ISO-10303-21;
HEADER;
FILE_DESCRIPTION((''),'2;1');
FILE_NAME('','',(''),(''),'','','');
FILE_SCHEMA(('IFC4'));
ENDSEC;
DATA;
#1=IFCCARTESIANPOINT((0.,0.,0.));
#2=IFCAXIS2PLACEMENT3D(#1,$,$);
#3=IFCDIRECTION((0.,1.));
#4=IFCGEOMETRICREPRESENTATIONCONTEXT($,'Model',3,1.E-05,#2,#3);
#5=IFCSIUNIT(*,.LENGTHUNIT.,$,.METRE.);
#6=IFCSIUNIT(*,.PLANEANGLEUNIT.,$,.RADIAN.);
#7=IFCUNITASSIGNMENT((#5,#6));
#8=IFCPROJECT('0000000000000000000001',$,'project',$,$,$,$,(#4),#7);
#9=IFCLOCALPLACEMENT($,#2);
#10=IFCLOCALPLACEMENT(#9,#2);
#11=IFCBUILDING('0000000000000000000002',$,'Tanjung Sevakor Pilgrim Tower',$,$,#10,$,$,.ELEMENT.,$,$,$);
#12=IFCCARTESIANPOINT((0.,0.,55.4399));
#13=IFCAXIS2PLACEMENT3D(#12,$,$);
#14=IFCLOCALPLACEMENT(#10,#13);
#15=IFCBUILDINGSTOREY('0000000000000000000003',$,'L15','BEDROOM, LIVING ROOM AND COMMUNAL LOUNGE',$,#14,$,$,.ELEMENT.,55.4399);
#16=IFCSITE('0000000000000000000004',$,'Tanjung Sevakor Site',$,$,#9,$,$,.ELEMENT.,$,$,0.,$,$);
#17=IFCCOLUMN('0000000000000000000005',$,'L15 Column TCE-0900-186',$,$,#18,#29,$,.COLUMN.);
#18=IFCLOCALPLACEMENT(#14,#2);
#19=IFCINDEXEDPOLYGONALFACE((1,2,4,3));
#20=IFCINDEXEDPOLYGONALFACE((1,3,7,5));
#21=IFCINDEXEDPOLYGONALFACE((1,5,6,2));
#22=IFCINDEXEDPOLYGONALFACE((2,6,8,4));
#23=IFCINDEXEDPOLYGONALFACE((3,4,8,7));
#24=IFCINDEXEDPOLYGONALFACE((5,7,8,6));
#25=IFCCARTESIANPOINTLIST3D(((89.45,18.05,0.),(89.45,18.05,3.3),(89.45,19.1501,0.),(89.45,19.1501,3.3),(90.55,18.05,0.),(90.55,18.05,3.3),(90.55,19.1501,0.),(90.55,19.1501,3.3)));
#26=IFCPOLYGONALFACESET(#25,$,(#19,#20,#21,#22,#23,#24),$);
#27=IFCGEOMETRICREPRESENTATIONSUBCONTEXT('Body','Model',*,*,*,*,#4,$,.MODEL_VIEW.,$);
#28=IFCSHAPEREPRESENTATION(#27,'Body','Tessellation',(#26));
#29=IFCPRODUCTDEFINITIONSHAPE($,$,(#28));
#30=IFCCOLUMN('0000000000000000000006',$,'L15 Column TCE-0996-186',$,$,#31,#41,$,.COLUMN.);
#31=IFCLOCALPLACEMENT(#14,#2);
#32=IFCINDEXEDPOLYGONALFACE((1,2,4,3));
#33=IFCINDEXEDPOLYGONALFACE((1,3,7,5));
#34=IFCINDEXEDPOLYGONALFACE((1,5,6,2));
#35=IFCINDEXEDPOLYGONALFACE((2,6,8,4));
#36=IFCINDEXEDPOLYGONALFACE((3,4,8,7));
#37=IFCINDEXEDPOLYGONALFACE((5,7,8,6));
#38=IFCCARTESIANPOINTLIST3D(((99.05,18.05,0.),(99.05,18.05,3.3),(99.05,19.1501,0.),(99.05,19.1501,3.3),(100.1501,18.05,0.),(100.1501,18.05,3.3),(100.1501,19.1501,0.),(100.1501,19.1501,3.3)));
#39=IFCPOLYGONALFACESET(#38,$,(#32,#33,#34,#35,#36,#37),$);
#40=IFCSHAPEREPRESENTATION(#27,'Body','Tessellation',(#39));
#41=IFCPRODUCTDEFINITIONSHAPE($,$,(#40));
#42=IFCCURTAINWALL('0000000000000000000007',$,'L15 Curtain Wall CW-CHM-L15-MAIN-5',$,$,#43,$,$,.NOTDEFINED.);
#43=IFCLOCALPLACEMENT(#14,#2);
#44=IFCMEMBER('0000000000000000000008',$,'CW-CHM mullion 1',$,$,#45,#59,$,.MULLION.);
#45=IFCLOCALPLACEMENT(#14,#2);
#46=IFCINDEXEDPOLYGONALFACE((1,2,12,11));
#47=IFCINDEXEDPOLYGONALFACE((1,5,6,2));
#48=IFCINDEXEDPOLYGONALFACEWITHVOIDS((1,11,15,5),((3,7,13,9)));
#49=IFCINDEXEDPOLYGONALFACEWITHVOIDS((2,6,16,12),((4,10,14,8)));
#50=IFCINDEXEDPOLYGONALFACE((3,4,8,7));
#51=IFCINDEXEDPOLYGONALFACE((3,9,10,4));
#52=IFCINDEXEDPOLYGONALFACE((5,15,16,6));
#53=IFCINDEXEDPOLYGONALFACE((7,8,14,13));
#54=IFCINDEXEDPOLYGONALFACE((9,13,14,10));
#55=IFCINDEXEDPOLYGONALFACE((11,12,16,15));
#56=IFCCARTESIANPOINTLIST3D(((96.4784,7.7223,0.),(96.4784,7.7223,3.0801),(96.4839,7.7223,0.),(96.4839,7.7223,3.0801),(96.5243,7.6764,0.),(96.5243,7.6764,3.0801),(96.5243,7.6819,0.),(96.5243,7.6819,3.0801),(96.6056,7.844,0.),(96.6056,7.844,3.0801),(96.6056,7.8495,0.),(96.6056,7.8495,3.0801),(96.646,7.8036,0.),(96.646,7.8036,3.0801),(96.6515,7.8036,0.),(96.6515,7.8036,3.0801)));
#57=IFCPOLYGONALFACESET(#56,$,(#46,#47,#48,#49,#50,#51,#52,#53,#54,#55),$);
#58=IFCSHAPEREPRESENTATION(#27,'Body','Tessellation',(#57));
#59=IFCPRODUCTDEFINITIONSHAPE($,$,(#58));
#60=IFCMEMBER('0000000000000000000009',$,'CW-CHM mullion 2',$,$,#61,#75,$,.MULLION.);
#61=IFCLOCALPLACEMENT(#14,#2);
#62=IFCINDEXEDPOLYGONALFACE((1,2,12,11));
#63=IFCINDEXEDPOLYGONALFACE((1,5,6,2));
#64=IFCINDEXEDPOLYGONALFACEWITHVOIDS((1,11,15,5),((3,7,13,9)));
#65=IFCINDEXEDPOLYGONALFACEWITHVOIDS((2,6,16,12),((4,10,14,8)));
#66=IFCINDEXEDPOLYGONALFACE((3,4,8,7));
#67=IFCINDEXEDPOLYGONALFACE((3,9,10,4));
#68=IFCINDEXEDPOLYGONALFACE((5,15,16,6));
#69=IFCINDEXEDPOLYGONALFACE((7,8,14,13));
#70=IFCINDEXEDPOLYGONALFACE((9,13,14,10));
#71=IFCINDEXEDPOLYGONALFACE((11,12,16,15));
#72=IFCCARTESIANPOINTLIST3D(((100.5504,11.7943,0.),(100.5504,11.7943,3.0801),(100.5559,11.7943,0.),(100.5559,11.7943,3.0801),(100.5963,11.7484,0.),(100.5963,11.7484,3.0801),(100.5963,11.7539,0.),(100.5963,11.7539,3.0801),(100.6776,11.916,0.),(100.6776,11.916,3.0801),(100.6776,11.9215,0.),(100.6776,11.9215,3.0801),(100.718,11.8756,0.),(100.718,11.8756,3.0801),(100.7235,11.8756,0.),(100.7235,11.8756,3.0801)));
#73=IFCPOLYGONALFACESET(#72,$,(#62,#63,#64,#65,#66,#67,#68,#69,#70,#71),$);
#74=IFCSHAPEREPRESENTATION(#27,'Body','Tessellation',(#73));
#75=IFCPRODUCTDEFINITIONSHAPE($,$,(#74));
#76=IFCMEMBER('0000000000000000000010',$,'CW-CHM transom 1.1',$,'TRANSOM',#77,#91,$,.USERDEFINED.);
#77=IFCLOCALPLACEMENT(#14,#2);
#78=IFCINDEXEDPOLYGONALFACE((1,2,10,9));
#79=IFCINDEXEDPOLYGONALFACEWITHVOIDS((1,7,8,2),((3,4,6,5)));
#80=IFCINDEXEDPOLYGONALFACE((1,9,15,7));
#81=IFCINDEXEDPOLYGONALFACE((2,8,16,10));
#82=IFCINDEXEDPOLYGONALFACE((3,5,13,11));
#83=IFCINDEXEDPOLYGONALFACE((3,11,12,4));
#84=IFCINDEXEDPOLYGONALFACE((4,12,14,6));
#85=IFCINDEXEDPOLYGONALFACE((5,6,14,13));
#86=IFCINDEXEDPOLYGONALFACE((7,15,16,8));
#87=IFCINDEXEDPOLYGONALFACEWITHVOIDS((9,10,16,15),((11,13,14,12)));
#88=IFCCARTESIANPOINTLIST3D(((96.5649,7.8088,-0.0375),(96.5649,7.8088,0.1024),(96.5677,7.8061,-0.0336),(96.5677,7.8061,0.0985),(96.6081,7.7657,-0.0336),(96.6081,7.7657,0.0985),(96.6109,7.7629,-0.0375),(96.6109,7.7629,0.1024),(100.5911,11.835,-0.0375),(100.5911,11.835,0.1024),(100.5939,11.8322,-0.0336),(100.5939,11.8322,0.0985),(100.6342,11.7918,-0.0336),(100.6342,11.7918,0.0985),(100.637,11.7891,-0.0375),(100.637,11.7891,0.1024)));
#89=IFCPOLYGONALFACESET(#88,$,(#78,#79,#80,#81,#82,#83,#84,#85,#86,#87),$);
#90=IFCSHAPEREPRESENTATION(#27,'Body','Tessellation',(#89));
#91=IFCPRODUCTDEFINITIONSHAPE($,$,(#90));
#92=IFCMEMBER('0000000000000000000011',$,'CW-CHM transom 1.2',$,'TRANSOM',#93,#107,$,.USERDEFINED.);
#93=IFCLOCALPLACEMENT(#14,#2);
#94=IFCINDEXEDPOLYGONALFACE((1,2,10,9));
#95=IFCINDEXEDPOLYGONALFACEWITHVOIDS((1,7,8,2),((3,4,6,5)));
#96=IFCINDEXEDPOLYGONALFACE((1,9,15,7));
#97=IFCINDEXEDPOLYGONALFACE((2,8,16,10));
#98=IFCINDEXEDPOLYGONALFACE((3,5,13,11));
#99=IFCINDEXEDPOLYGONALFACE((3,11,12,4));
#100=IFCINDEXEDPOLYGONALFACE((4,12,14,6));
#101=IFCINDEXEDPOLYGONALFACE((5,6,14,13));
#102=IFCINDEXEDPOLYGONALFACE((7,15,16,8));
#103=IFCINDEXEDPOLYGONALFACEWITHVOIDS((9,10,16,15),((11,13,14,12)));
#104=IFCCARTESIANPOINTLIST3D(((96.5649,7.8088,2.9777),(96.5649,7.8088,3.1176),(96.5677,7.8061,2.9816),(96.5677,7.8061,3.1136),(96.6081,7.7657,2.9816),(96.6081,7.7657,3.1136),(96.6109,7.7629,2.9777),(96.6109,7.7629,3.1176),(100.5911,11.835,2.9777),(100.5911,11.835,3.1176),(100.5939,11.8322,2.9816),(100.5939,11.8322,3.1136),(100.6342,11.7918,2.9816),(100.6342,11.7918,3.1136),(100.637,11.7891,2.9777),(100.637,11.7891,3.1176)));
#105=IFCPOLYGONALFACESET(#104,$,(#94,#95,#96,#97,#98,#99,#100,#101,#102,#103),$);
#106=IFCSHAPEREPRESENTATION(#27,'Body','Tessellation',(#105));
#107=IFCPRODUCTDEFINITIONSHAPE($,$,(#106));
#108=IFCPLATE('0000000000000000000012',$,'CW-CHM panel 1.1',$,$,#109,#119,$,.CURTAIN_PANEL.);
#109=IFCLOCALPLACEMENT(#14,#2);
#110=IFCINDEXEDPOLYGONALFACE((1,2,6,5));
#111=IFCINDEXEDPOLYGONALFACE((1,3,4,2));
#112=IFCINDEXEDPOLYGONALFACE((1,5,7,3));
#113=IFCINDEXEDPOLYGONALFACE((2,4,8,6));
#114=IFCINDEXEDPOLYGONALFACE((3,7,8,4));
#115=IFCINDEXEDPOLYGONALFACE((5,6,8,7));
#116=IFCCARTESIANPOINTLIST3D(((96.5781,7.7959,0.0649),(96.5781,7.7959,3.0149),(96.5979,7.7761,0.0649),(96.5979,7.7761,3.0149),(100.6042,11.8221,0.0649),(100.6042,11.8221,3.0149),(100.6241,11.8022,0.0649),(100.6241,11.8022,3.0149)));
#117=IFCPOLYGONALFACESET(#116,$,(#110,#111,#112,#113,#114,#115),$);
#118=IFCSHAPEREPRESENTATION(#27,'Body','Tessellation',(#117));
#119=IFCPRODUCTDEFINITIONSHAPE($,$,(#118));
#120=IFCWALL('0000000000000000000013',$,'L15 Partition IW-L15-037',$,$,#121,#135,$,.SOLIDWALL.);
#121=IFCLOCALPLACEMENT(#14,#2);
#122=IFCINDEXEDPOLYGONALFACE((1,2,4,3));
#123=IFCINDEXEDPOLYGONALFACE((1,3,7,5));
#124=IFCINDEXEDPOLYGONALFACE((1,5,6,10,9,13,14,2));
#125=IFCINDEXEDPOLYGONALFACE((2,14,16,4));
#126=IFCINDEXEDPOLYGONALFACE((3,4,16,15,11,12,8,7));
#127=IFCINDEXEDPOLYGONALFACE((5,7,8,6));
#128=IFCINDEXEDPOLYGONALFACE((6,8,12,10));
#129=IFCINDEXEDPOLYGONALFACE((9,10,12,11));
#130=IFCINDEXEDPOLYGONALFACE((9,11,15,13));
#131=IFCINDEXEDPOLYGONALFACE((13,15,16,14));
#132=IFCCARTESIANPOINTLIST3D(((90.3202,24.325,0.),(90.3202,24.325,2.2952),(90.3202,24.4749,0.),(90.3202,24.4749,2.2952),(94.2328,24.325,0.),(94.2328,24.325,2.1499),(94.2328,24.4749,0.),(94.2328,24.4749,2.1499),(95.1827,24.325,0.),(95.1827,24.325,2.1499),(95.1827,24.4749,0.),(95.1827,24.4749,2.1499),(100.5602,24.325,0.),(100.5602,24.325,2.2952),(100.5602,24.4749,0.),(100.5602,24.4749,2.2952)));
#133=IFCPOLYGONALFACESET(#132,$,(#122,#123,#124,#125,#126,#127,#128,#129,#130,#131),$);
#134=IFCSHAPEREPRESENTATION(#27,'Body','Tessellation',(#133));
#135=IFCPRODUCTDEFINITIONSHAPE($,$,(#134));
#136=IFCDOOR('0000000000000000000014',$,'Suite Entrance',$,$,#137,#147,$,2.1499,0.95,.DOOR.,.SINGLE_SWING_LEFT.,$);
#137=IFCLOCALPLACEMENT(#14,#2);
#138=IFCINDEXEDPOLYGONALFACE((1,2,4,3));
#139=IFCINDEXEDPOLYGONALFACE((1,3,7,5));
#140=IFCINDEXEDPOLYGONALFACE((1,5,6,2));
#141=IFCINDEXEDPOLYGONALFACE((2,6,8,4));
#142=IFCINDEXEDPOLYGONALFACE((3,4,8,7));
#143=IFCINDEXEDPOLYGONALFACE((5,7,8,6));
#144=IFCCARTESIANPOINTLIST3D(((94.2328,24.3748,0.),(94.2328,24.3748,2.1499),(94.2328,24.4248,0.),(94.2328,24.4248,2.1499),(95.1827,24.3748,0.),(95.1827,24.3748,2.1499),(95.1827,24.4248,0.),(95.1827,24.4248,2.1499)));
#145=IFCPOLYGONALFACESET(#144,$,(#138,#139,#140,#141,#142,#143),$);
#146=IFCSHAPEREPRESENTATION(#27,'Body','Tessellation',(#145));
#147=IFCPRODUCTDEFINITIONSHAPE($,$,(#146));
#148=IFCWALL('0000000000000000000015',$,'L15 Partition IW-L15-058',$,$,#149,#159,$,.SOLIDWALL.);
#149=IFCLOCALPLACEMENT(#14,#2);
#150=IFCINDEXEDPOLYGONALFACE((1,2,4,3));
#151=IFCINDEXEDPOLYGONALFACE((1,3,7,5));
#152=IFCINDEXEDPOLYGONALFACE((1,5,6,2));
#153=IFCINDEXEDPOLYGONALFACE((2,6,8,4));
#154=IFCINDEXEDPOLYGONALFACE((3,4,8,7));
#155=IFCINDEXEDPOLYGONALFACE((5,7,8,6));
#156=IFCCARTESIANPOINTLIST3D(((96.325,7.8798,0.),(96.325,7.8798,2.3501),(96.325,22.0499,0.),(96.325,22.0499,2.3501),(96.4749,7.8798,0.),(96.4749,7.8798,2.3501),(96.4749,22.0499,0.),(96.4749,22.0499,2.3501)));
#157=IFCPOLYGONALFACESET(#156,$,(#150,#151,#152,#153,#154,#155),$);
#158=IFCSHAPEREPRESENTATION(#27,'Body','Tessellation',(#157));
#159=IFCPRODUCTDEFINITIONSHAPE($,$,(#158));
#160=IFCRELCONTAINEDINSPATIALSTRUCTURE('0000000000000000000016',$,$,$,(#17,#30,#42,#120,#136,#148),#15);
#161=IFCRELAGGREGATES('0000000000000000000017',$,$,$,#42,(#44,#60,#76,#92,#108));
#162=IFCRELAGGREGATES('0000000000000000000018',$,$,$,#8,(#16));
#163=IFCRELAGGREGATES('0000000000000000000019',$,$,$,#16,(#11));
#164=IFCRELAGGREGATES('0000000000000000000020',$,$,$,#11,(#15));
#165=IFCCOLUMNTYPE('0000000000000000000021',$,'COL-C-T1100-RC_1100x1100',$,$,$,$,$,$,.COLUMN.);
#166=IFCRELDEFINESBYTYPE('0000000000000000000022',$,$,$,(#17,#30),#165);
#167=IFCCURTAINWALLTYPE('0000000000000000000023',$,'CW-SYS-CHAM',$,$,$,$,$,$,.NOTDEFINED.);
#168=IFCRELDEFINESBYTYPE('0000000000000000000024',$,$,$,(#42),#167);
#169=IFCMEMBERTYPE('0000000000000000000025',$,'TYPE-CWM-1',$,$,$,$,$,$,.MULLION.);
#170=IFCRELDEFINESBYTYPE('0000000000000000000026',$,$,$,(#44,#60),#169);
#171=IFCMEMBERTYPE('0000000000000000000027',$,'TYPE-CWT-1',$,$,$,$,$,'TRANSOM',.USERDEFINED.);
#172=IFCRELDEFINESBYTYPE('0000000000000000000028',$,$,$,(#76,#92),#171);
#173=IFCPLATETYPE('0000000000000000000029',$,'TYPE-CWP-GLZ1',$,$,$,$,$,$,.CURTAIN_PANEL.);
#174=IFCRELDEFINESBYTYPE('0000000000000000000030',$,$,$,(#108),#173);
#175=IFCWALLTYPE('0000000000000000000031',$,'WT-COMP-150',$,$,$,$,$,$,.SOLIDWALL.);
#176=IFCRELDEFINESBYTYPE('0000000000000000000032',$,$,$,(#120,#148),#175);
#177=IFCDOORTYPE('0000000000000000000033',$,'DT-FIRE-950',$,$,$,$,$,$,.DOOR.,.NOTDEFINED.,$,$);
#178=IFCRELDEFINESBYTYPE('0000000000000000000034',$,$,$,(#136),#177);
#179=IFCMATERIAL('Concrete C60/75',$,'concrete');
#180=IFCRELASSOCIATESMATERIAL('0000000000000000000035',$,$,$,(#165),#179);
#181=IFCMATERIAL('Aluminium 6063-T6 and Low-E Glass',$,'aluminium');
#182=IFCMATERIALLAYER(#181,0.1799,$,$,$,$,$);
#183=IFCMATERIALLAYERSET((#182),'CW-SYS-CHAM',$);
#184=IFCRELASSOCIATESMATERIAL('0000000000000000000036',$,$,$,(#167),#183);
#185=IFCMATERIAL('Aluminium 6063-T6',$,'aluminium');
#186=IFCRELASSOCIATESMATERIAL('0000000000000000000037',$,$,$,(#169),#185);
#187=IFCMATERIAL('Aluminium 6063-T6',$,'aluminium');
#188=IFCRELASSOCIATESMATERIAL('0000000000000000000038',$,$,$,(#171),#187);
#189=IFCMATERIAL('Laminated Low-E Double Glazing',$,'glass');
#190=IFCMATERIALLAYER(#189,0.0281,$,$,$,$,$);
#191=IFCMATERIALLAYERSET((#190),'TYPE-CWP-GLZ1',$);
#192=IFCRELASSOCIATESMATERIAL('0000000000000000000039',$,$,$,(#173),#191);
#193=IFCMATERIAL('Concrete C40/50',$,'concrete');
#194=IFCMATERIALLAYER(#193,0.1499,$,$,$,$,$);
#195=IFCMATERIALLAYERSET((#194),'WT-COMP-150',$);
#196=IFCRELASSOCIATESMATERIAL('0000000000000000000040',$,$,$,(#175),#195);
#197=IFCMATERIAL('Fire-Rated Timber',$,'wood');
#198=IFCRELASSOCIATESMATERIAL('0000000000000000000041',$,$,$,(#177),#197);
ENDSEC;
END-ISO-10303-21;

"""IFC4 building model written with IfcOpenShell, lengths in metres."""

from ifc_helpers import new_model, si_unit, direction, frame, frame_2d, origin, origin_2d, place, context, subcontext, project, spatial, rectangle, hollow_rectangle, extrude, material, layer, layer_set, material_profile, profile_set, type_object, element, fill, aggregate, save


model = new_model("IFC4")

# Units and contexts
model_context = context("Model", 3, precision=1e-05, world=origin(), true_north=direction((0.0, 1.0)))
body_context = subcontext(model_context, "Body", "Model", "MODEL_VIEW")
ifc_project = project(units=[si_unit("LENGTHUNIT", "METRE"), si_unit("PLANEANGLEUNIT", "RADIAN")], contexts=[model_context])

# Site, building, storey
site_placement = place(None, origin())
site = spatial("IfcSite", under=ifc_project, at=site_placement, Name="Tanjung Sevakor Site", CompositionType="ELEMENT", RefElevation=0.0)
building_placement = place(site_placement, origin())
building = spatial("IfcBuilding", under=site, at=building_placement, Name="Tanjung Sevakor Pilgrim Tower", CompositionType="ELEMENT")
storey_placement = place(building_placement, frame((0.0, 0.0, 55.4399)))
storey = spatial("IfcBuildingStorey", under=building, at=storey_placement, Name="L15", Description="BEDROOM, LIVING ROOM AND COMMUNAL LOUNGE", CompositionType="ELEMENT", Elevation=55.4399)

# Columns
ifc_material_1 = material(Name="Concrete C60/75", Category="concrete")
ifc_material_profile_1 = material_profile(ifc_material_1, rectangle(XDim=1.1001, YDim=1.1001, at=origin_2d()))
ifc_profile_set_1 = profile_set([ifc_material_profile_1], Name="Concrete C60/75")
column_type = type_object("IfcColumnType", Name="COL-C-T1100-RC_1100x1100", PredefinedType="COLUMN", material=ifc_profile_set_1)
for number, where, z_axis, x_axis, name in (
    (1, (90.0, 18.6001, 0.0), (0.0, 0.0, 1.0), (1.0, 0.0, 0.0), "L15 Column TCE-0900-186"),
    (2, (99.6001, 18.6001, 0.0), (0.0, 0.0, 1.0), (1.0, 0.0, 0.0), "L15 Column TCE-0996-186"),
):
    element("IfcColumn", number, at=place(storey_placement, frame(where, z_axis=z_axis, x_axis=x_axis)), inside=storey, type_object=column_type, Name=name, PredefinedType="COLUMN", context=body_context, shape_type="SweptSolid", body=[
        extrude(rectangle(XDim=1.1001, YDim=1.1001, at=origin_2d()), origin(), (0.0, 0.0, 1.0), 3.3),
    ])

# Curtain wall, members, plate
ifc_material_2 = material(Name="Aluminium 6063-T6 and Low-E Glass", Category="aluminium")
ifc_layer_1 = layer(ifc_material_2, 0.1799)
ifc_layer_set_1 = layer_set([ifc_layer_1], Name="CW-SYS-CHAM")
curtain_wall_type = type_object("IfcCurtainWallType", Name="CW-SYS-CHAM", PredefinedType="NOTDEFINED", material=ifc_layer_set_1)
curtain_wall_placement = place(storey_placement, origin())
curtain_wall = element("IfcCurtainWall", 3, at=curtain_wall_placement, inside=storey, type_object=curtain_wall_type, Name="L15 Curtain Wall CW-CHM-L15-MAIN-5", PredefinedType="NOTDEFINED")
ifc_material_3 = material(Name="Aluminium 6063-T6", Category="aluminium")
ifc_material_profile_2 = material_profile(ifc_material_3, hollow_rectangle(XDim=0.0649, YDim=0.1799, WallThickness=0.0039, at=origin_2d()))
ifc_profile_set_2 = profile_set([ifc_material_profile_2], Name="Aluminium 6063-T6")
member_type_1 = type_object("IfcMemberType", Name="TYPE-CWM-1", PredefinedType="MULLION", material=ifc_profile_set_2)
member_1_placement = place(storey_placement, frame((96.5649, 7.7629, 0.0), z_axis=(0.0, 0.0, 1.0), x_axis=(-0.707107, 0.707107, 0.0)))
member_1 = element("IfcMember", 4, at=member_1_placement, type_object=member_type_1, Name="CW-CHM mullion 1", PredefinedType="MULLION", context=body_context, shape_type="SweptSolid", body=[
    extrude(hollow_rectangle(XDim=0.0649, YDim=0.1799, WallThickness=0.0039, at=origin_2d()), origin(), (0.0, 0.0, 1.0), 3.0801),
])
member_2_placement = place(storey_placement, frame((100.637, 11.835, 0.0), z_axis=(0.0, 0.0, 1.0), x_axis=(-0.707107, 0.707107, 0.0)))
member_2 = element("IfcMember", 5, at=member_2_placement, type_object=member_type_1, Name="CW-CHM mullion 2", PredefinedType="MULLION", context=body_context, shape_type="SweptSolid", body=[
    extrude(hollow_rectangle(XDim=0.0649, YDim=0.1799, WallThickness=0.0039, at=origin_2d()), origin(), (0.0, 0.0, 1.0), 3.0801),
])
ifc_material_4 = material(Name="Aluminium 6063-T6", Category="aluminium")
ifc_material_profile_3 = material_profile(ifc_material_4, hollow_rectangle(XDim=0.0649, YDim=0.1399, WallThickness=0.0039, at=origin_2d()))
ifc_profile_set_3 = profile_set([ifc_material_profile_3], Name="Aluminium 6063-T6")
member_type_2 = type_object("IfcMemberType", Name="TYPE-CWT-1", ElementType="TRANSOM", PredefinedType="USERDEFINED", material=ifc_profile_set_3)
member_3_placement = place(storey_placement, frame((96.5879, 7.7859, 0.0325), z_axis=(0.707107, 0.707107, 0.0), x_axis=(-0.707107, 0.707107, 0.0)))
member_3 = element("IfcMember", 6, at=member_3_placement, type_object=member_type_2, Name="CW-CHM transom 1.1", ObjectType="TRANSOM", PredefinedType="USERDEFINED", context=body_context, shape_type="SweptSolid", body=[
    extrude(hollow_rectangle(XDim=0.0649, YDim=0.1399, WallThickness=0.0039, at=origin_2d()), origin(), (0.0, 0.0, 1.0), 5.6938),
])
member_4_placement = place(storey_placement, frame((96.5879, 7.7859, 3.0476), z_axis=(0.707107, 0.707107, 0.0), x_axis=(-0.707107, 0.707107, 0.0)))
member_4 = element("IfcMember", 7, at=member_4_placement, type_object=member_type_2, Name="CW-CHM transom 1.2", ObjectType="TRANSOM", PredefinedType="USERDEFINED", context=body_context, shape_type="SweptSolid", body=[
    extrude(hollow_rectangle(XDim=0.0649, YDim=0.1399, WallThickness=0.0039, at=origin_2d()), origin(), (0.0, 0.0, 1.0), 5.6938),
])
ifc_material_5 = material(Name="Laminated Low-E Double Glazing", Category="glass")
ifc_layer_2 = layer(ifc_material_5, 0.0281)
ifc_layer_set_2 = layer_set([ifc_layer_2], Name="TYPE-CWP-GLZ1")
plate_type = type_object("IfcPlateType", Name="TYPE-CWP-GLZ1", PredefinedType="CURTAIN_PANEL", material=ifc_layer_set_2)
plate_placement = place(storey_placement, frame((98.6011, 9.7991, 0.0649), z_axis=(0.0, 0.0, 1.0), x_axis=(0.707107, 0.707107, 0.0)))
plate = element("IfcPlate", 8, at=plate_placement, type_object=plate_type, Name="CW-CHM panel 1.1", PredefinedType="CURTAIN_PANEL", context=body_context, shape_type="SweptSolid", body=[
    extrude(rectangle(XDim=5.6938, YDim=0.0281, at=origin_2d()), origin(), (0.0, 0.0, 1.0), 2.95),
])
aggregate(curtain_wall, [member_1, member_2, member_3, member_4, plate])

# Wall, opening, door
ifc_material_6 = material(Name="Concrete C40/50", Category="concrete")
ifc_layer_3 = layer(ifc_material_6, 0.1499)
ifc_layer_set_3 = layer_set([ifc_layer_3], Name="WT-COMP-150")
wall_type_1 = type_object("IfcWallType", Name="WT-COMP-150", PredefinedType="SOLIDWALL", material=ifc_layer_set_3)
wall_1_placement = place(storey_placement, frame((90.3201, 24.3999, 0.0), z_axis=(0.0, 0.0, 1.0), x_axis=(1.0, 0.0, 0.0)))
wall_1 = element("IfcWall", 9, at=wall_1_placement, inside=storey, type_object=wall_type_1, Name="L15 Partition IW-L15-037", PredefinedType="SOLIDWALL", context=body_context, shape_type="SweptSolid", body=[
    extrude(rectangle(XDim=10.24, YDim=0.1499, at=frame_2d((5.1201, 0.0))), origin(), (0.0, 0.0, 1.0), 2.2952),
])
opening_1_placement = place(wall_1_placement, frame((3.9126, 0.0, 0.0)))
opening_1 = element("IfcOpeningElement", 10, at=opening_1_placement, cuts=wall_1, PredefinedType="OPENING", context=body_context, shape_type="SweptSolid", body=[
    extrude(rectangle(XDim=0.95, YDim=2.1499, at=frame_2d((0.4751, 1.075))), frame((0.0, 0.085, 0.0), z_axis=(0.0, -1.0, 0.0), x_axis=(1.0, 0.0, 0.0)), (0.0, 0.0, 1.0), 0.1699),
])
ifc_material_7 = material(Name="Fire-Rated Timber", Category="wood")
door_type_1 = type_object("IfcDoorType", Name="DT-FIRE-950", OperationType="NOTDEFINED", PredefinedType="DOOR", material=ifc_material_7)
door_1_placement = place(opening_1_placement, origin())
door_1 = element("IfcDoor", 11, at=door_1_placement, inside=storey, type_object=door_type_1, Name="Suite Entrance", OperationType="SINGLE_SWING_LEFT", OverallHeight=2.1499, OverallWidth=0.95, PredefinedType="DOOR", context=body_context, shape_type="SweptSolid", body=[
    extrude(rectangle(XDim=0.95, YDim=2.1499, at=frame_2d((0.4751, 1.075))), frame((0.0, 0.0249, 0.0), z_axis=(0.0, -1.0, 0.0), x_axis=(1.0, 0.0, 0.0)), (0.0, 0.0, 1.0), 0.05),
])
fill(opening_1, door_1)

# Wall
wall_2_placement = place(storey_placement, frame((96.3999, 7.8799, 0.0), z_axis=(0.0, 0.0, 1.0), x_axis=(0.0, 1.0, 0.0)))
element("IfcWall", 12, at=wall_2_placement, inside=storey, type_object=wall_type_1, Name="L15 Partition IW-L15-058", PredefinedType="SOLIDWALL", context=body_context, shape_type="SweptSolid", body=[
    extrude(rectangle(XDim=14.1702, YDim=0.1499, at=frame_2d((7.085, 0.0))), origin(), (0.0, 0.0, 1.0), 2.3501),
])

save(model, "model.ifc")
